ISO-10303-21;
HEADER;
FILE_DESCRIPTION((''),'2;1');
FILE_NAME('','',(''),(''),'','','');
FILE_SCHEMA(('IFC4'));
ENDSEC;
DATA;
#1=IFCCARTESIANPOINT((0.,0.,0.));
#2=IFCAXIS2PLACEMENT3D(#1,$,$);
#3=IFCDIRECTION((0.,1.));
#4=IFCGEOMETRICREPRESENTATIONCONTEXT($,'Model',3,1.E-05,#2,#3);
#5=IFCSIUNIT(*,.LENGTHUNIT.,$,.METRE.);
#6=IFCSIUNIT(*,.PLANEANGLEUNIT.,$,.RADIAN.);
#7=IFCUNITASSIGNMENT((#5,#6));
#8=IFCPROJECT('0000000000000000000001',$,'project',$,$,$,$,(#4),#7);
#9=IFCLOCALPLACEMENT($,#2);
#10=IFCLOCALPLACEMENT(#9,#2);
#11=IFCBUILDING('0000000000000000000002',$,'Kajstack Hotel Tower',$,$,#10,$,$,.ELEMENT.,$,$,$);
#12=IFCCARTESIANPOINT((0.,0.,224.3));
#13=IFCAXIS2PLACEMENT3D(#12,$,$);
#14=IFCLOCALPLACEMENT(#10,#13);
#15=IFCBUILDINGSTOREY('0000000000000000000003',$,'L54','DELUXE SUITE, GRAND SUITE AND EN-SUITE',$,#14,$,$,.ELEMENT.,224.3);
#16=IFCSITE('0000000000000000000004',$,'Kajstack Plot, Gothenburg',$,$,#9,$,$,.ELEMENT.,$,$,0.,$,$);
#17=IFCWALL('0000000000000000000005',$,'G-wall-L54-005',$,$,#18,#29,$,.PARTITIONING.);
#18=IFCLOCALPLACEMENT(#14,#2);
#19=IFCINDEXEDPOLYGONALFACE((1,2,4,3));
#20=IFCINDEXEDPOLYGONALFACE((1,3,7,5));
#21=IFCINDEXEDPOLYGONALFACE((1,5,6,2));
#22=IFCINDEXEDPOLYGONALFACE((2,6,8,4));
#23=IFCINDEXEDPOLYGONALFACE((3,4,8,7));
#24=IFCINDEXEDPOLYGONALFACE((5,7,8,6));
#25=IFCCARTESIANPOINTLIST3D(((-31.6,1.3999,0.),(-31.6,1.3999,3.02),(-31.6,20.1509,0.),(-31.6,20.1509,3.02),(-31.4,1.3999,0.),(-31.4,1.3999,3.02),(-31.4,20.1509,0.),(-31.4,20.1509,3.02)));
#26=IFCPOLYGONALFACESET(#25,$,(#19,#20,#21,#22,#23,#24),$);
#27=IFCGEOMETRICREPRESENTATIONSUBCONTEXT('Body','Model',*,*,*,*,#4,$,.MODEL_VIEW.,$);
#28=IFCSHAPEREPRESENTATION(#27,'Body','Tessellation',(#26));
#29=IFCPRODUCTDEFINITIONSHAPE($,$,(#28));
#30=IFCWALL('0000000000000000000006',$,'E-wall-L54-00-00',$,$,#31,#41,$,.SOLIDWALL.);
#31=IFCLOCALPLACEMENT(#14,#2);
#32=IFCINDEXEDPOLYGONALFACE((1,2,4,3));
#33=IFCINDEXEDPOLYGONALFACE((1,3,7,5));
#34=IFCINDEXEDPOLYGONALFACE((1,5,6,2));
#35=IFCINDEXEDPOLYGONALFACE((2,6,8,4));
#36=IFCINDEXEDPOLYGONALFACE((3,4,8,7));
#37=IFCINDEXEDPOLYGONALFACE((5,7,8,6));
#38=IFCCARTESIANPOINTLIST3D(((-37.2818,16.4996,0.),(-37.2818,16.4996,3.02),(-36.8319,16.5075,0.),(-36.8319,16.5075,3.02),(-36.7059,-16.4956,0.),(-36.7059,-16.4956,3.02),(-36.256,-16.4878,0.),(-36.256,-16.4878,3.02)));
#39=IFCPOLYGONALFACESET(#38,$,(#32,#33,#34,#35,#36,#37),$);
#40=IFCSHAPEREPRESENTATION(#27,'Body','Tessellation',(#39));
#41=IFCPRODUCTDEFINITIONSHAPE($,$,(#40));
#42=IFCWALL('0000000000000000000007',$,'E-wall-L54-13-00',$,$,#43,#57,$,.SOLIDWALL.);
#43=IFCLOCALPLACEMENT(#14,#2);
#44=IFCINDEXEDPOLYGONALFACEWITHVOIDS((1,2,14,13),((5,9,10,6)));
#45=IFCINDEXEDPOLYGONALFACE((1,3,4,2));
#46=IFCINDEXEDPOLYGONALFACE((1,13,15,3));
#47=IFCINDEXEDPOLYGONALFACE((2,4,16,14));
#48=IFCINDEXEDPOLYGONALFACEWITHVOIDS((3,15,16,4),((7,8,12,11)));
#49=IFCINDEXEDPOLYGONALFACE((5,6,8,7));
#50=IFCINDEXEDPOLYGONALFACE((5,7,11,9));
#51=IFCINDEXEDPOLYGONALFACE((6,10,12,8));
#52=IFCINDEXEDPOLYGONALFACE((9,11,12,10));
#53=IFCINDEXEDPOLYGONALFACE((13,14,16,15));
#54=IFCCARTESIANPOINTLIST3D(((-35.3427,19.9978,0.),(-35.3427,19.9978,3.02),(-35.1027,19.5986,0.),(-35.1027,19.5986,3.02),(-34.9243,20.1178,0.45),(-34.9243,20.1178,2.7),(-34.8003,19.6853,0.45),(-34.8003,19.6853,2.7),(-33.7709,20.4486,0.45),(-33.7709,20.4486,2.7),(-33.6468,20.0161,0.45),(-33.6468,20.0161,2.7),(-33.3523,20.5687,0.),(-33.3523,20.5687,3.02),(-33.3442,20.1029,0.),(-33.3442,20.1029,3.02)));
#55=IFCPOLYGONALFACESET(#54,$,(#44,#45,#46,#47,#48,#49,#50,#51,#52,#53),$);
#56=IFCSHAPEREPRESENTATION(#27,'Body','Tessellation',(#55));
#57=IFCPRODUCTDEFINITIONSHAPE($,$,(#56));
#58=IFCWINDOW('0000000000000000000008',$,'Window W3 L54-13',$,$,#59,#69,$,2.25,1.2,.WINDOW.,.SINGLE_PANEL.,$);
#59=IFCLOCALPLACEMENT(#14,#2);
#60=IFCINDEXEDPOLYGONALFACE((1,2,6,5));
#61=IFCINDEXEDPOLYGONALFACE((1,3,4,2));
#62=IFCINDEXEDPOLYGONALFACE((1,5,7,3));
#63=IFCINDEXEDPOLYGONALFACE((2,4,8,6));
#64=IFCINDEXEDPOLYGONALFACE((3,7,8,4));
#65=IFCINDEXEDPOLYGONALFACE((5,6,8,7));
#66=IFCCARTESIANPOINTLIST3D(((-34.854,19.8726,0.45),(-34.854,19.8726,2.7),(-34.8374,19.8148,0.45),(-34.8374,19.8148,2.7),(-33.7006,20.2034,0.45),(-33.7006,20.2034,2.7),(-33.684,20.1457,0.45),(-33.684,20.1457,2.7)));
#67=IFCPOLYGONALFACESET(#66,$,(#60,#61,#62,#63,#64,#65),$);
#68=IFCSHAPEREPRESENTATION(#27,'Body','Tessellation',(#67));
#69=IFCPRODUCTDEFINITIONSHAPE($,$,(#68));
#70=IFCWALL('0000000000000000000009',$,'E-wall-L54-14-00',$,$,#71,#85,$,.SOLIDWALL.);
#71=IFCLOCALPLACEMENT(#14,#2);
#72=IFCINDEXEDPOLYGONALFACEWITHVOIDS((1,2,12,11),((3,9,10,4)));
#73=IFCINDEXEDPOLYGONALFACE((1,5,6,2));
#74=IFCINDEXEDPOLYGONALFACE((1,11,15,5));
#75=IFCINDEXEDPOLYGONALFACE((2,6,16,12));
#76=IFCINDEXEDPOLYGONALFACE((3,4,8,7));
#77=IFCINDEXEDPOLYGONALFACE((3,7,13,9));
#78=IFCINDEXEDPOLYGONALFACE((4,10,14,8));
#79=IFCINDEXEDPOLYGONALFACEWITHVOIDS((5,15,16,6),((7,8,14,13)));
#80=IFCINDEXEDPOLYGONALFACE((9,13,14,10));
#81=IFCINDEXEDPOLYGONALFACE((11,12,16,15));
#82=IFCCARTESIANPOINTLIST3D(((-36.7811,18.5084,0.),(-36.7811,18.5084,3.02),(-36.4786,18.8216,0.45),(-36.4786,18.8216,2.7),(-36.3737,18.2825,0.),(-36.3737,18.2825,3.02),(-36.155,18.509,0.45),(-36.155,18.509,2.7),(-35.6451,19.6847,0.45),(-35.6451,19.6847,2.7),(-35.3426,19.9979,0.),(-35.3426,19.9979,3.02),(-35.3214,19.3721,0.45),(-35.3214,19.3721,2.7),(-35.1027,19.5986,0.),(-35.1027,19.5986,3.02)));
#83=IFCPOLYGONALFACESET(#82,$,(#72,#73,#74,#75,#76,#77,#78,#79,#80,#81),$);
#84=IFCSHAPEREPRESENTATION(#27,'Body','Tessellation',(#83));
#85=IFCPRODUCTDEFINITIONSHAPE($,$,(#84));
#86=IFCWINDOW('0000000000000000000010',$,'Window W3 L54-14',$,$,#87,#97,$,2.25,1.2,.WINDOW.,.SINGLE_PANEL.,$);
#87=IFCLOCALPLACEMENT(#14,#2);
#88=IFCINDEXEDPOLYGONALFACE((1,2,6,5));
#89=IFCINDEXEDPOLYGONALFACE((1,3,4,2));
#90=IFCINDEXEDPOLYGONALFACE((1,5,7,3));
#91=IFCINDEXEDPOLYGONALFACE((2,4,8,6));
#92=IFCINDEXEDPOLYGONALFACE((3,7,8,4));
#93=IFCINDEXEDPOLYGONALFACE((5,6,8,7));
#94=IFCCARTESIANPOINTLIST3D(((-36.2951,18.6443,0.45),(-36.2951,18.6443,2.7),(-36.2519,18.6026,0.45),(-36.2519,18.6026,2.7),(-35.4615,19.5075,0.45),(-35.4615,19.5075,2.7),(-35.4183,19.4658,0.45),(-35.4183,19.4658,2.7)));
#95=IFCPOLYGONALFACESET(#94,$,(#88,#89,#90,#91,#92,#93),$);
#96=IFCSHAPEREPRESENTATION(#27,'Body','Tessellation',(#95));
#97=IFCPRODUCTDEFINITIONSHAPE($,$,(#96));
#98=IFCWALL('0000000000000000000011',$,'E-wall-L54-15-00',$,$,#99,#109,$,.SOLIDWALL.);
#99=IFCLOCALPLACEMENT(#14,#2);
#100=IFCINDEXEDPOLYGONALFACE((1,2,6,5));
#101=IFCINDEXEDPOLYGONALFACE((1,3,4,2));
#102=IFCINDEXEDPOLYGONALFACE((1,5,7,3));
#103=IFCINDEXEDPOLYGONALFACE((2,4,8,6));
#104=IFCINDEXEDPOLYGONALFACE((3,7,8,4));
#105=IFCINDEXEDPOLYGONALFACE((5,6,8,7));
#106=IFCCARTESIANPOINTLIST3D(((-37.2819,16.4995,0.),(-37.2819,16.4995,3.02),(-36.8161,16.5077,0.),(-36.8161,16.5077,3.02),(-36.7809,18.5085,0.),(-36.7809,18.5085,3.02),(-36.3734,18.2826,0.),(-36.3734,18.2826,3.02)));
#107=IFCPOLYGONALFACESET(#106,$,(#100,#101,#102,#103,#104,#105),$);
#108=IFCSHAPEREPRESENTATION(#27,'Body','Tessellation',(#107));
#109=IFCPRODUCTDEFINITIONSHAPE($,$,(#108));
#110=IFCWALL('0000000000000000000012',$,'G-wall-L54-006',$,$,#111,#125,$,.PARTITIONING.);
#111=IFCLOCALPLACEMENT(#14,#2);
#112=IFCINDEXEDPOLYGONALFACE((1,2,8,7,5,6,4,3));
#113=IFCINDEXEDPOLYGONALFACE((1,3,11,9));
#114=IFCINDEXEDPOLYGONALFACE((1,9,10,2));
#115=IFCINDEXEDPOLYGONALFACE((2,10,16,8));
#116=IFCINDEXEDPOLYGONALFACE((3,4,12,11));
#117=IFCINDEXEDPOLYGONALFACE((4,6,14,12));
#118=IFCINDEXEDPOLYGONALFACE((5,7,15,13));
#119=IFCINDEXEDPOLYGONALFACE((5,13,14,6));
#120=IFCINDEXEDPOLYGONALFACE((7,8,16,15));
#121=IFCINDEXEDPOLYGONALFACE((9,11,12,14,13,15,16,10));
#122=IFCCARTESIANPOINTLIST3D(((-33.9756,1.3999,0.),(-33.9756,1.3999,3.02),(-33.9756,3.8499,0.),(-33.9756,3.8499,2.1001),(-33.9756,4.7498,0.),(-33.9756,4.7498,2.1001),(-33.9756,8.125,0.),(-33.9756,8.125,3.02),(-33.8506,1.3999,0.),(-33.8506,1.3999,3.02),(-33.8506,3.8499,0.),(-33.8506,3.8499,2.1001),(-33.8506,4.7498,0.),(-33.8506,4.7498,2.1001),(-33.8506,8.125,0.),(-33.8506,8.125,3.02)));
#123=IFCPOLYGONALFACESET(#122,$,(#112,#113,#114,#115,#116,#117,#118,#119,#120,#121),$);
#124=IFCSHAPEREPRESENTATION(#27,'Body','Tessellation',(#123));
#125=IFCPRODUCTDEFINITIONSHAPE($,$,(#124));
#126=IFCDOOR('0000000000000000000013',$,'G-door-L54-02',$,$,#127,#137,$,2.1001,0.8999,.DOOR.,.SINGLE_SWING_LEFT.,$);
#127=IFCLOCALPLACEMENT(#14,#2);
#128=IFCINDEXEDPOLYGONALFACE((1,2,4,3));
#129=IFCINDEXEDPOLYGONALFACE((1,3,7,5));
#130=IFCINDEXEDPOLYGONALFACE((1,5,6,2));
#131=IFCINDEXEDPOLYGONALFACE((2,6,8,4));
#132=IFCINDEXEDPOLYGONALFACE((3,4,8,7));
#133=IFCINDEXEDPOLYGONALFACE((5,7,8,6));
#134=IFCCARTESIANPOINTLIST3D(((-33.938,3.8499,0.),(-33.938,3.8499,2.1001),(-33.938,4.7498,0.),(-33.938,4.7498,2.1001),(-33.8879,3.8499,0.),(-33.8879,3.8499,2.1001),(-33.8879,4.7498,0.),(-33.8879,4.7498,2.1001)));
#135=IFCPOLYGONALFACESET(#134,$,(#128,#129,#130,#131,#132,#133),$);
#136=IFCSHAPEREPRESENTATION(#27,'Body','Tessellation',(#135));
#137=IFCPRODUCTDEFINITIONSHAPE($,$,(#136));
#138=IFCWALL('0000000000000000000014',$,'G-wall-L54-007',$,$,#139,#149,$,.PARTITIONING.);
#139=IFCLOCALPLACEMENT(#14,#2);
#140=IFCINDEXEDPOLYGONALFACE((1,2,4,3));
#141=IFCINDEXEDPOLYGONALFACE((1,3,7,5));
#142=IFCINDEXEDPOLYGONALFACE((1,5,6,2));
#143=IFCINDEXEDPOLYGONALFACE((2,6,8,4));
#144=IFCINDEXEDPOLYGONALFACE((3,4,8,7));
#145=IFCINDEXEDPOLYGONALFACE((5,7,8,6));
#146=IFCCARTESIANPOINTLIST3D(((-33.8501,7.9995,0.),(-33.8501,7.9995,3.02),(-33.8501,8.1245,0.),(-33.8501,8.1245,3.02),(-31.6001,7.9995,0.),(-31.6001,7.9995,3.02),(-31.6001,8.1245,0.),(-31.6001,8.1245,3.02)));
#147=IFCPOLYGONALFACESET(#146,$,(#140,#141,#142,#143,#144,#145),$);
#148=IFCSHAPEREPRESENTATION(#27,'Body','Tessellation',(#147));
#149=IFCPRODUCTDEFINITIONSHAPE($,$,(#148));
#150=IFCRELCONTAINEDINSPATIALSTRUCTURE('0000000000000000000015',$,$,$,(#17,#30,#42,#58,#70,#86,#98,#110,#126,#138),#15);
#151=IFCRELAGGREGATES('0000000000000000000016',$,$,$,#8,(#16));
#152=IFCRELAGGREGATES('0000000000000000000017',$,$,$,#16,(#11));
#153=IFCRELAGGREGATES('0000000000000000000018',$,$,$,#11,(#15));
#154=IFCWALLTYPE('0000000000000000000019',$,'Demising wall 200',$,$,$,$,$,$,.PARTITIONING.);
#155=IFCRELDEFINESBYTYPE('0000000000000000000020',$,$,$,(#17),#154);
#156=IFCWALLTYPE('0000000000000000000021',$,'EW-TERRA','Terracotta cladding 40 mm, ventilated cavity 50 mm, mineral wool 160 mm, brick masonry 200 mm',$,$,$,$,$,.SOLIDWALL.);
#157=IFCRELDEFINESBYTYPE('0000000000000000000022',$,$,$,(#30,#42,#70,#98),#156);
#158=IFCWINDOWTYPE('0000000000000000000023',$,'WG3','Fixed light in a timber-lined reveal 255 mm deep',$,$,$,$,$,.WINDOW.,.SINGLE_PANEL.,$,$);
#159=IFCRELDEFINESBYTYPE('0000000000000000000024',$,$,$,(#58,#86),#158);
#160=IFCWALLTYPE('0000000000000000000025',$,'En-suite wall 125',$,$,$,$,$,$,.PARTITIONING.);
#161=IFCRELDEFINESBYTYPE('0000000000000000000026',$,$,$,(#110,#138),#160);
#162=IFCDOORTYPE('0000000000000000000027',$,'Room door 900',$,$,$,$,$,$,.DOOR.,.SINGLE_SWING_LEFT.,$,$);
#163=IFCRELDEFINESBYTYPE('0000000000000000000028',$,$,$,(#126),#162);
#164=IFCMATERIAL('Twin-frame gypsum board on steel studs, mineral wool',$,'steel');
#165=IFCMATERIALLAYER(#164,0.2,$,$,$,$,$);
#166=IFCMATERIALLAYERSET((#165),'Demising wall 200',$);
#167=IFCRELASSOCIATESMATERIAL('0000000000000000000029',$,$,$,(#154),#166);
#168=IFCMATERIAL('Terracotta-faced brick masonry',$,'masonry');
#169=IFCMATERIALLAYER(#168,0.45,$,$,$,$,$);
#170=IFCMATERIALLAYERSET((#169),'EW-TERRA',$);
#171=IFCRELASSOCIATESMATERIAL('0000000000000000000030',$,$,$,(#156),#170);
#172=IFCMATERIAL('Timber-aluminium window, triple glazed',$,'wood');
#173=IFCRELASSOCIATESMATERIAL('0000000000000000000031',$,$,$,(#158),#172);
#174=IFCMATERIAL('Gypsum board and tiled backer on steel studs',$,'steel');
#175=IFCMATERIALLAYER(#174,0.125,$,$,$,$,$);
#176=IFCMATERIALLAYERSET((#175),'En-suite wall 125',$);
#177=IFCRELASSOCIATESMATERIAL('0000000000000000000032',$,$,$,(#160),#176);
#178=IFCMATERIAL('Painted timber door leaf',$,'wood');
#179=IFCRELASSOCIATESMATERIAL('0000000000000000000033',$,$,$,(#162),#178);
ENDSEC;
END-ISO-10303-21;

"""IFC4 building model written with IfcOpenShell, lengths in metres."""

from ifc_helpers import new_model, si_unit, direction, frame, frame_2d, origin, place, context, subcontext, project, spatial, polyline, rectangle, outline, extrude, material, layer, layer_set, type_object, element, fill, save


model = new_model("IFC4")

# Units and contexts
model_context = context("Model", 3, precision=1e-05, world=origin(), true_north=direction((0.0, 1.0)))
body_context = subcontext(model_context, "Body", "Model", "MODEL_VIEW")
ifc_project = project(units=[si_unit("LENGTHUNIT", "METRE"), si_unit("PLANEANGLEUNIT", "RADIAN")], contexts=[model_context])

# Site, building, storey
site_placement = place(None, origin())
site = spatial("IfcSite", under=ifc_project, at=site_placement, Name="Kajstack Plot, Gothenburg", CompositionType="ELEMENT", RefElevation=0.0)
building_placement = place(site_placement, origin())
building = spatial("IfcBuilding", under=site, at=building_placement, Name="Kajstack Hotel Tower", CompositionType="ELEMENT")
storey_placement = place(building_placement, frame((0.0, 0.0, 224.3)))
storey = spatial("IfcBuildingStorey", under=building, at=storey_placement, Name="L54", Description="DELUXE SUITE, GRAND SUITE AND EN-SUITE", CompositionType="ELEMENT", Elevation=224.3)

# Walls
ifc_material_1 = material(Name="Twin-frame gypsum board on steel studs, mineral wool", Category="steel")
ifc_layer_1 = layer(ifc_material_1, 0.2)
ifc_layer_set_1 = layer_set([ifc_layer_1], Name="Demising wall 200")
wall_type_1 = type_object("IfcWallType", Name="Demising wall 200", PredefinedType="PARTITIONING", material=ifc_layer_set_1)
wall_1_placement = place(storey_placement, frame((-31.5, 1.3999, 0.0), z_axis=(0.0, 0.0, 1.0), x_axis=(0.0, 1.0, 0.0)))
element("IfcWall", 1, at=wall_1_placement, inside=storey, type_object=wall_type_1, Name="G-wall-L54-005", PredefinedType="PARTITIONING", context=body_context, shape_type="SweptSolid", body=[
    extrude(rectangle(XDim=18.751, YDim=0.2, at=frame_2d((9.3755, 0.0))), origin(), (0.0, 0.0, 1.0), 3.02),
])
ifc_material_2 = material(Name="Terracotta-faced brick masonry", Category="masonry")
ifc_layer_2 = layer(ifc_material_2, 0.45)
ifc_layer_set_2 = layer_set([ifc_layer_2], Name="EW-TERRA")
wall_type_2 = type_object("IfcWallType", Name="EW-TERRA", Description="Terracotta cladding 40 mm, ventilated cavity 50 mm, mineral wool 160 mm, brick masonry 200 mm", PredefinedType="SOLIDWALL", material=ifc_layer_set_2)
wall_2_placement = place(storey_placement, frame((-37.0569, 16.5034, 0.0), z_axis=(0.0, 0.0, 1.0), x_axis=(0.017452, -0.999848, 0.0)))
element("IfcWall", 2, at=wall_2_placement, inside=storey, type_object=wall_type_2, Name="E-wall-L54-00-00", PredefinedType="SOLIDWALL", context=body_context, shape_type="SweptSolid", body=[
    extrude(rectangle(XDim=33.0002, YDim=0.45, at=frame_2d((16.5, 0.0))), origin(), (0.0, 0.0, 1.0), 3.02),
])

# Walls, openings, windows
wall_3_placement = place(storey_placement, frame((-33.2903, 20.3523, 0.0), z_axis=(0.0, 0.0, 1.0), x_axis=(-0.961248, -0.275687, 0.0)))
wall_3 = element("IfcWall", 3, at=wall_3_placement, inside=storey, type_object=wall_type_2, Name="E-wall-L54-13-00", PredefinedType="SOLIDWALL", context=body_context, shape_type="SweptSolid", body=[
    extrude(outline(polyline([(0.0, -0.2251), (2.0706, -0.2251), (1.95, 0.2249), (0.1206, 0.2249), (0.0, -0.2251)])), origin(), (0.0, 0.0, 1.0), 3.02),
])
opening_1_placement = place(wall_3_placement, frame((0.4353, 0.0, 0.45)))
opening_1 = element("IfcOpeningElement", 4, at=opening_1_placement, cuts=wall_3, PredefinedType="OPENING", context=body_context, shape_type="SweptSolid", body=[
    extrude(rectangle(XDim=1.2, YDim=2.25, at=frame_2d((0.6001, 1.125))), frame((0.0, 0.2349, 0.0), z_axis=(0.0, -1.0, 0.0), x_axis=(1.0, 0.0, 0.0)), (0.0, 0.0, 1.0), 0.47),
])
ifc_material_3 = material(Name="Timber-aluminium window, triple glazed", Category="wood")
window_type = type_object("IfcWindowType", Name="WG3", Description="Fixed light in a timber-lined reveal 255 mm deep", PartitioningType="SINGLE_PANEL", PredefinedType="WINDOW", material=ifc_material_3)
window_1_placement = place(opening_1_placement, origin())
window_1 = element("IfcWindow", 5, at=window_1_placement, inside=storey, type_object=window_type, Name="Window W3 L54-13", OverallHeight=2.25, OverallWidth=1.2, PartitioningType="SINGLE_PANEL", PredefinedType="WINDOW", context=body_context, shape_type="SweptSolid", body=[
    extrude(rectangle(XDim=1.2, YDim=2.25, at=frame_2d((0.6001, 1.125))), frame((0.0, 0.0901, 0.0), z_axis=(0.0, -1.0, 0.0), x_axis=(1.0, 0.0, 0.0)), (0.0, 0.0, 1.0), 0.0601),
])
fill(opening_1, window_1)
wall_4_placement = place(storey_placement, frame((-35.1807, 19.8416, 0.0), z_axis=(0.0, 0.0, 1.0), x_axis=(-0.694679, -0.71932, 0.0)))
wall_4 = element("IfcWall", 6, at=wall_4_placement, inside=storey, type_object=wall_type_2, Name="E-wall-L54-14-00", PredefinedType="SOLIDWALL", context=body_context, shape_type="SweptSolid", body=[
    extrude(outline(polyline([(0.0, -0.2251), (2.0708, -0.2251), (1.9502, 0.2249), (0.1206, 0.2249), (0.0, -0.2251)])), origin(), (0.0, 0.0, 1.0), 3.02),
])
opening_2_placement = place(wall_4_placement, frame((0.4353, 0.0, 0.45)))
opening_2 = element("IfcOpeningElement", 7, at=opening_2_placement, cuts=wall_4, PredefinedType="OPENING", context=body_context, shape_type="SweptSolid", body=[
    extrude(rectangle(XDim=1.2, YDim=2.25, at=frame_2d((0.6001, 1.125))), frame((0.0, 0.2349, 0.0), z_axis=(0.0, -1.0, 0.0), x_axis=(1.0, 0.0, 0.0)), (0.0, 0.0, 1.0), 0.47),
])
window_2_placement = place(opening_2_placement, origin())
window_2 = element("IfcWindow", 8, at=window_2_placement, inside=storey, type_object=window_type, Name="Window W3 L54-14", OverallHeight=2.25, OverallWidth=1.2, PartitioningType="SINGLE_PANEL", PredefinedType="WINDOW", context=body_context, shape_type="SweptSolid", body=[
    extrude(rectangle(XDim=1.2, YDim=2.25, at=frame_2d((0.6001, 1.125))), frame((0.0, 0.0901, 0.0), z_axis=(0.0, -1.0, 0.0), x_axis=(1.0, 0.0, 0.0)), (0.0, 0.0, 1.0), 0.0601),
])
fill(opening_2, window_2)

# Wall
wall_5_placement = place(storey_placement, frame((-36.5627, 18.4539, 0.0), z_axis=(0.0, 0.0, 1.0), x_axis=(-0.24187, -0.970309, 0.0)))
element("IfcWall", 9, at=wall_5_placement, inside=storey, type_object=wall_type_2, Name="E-wall-L54-15-00", PredefinedType="SOLIDWALL", context=body_context, shape_type="SweptSolid", body=[
    extrude(outline(polyline([(-0.0002, -0.2249), (2.0703, -0.2251), (1.9497, 0.2249), (0.1204, 0.2251), (-0.0002, -0.2249)])), origin(), (0.0, 0.0, 1.0), 3.02),
])

# Wall, opening, door
ifc_material_4 = material(Name="Gypsum board and tiled backer on steel studs", Category="steel")
ifc_layer_3 = layer(ifc_material_4, 0.125)
ifc_layer_set_3 = layer_set([ifc_layer_3], Name="En-suite wall 125")
wall_type_3 = type_object("IfcWallType", Name="En-suite wall 125", PredefinedType="PARTITIONING", material=ifc_layer_set_3)
wall_6_placement = place(storey_placement, frame((-33.9131, 1.3999, 0.0), z_axis=(0.0, 0.0, 1.0), x_axis=(0.0, 1.0, 0.0)))
wall_6 = element("IfcWall", 10, at=wall_6_placement, inside=storey, type_object=wall_type_3, Name="G-wall-L54-006", PredefinedType="PARTITIONING", context=body_context, shape_type="SweptSolid", body=[
    extrude(rectangle(XDim=6.7251, YDim=0.125, at=frame_2d((3.3625, 0.0))), origin(), (0.0, 0.0, 1.0), 3.02),
])
opening_3_placement = place(wall_6_placement, frame((2.45, 0.0, 0.0)))
opening_3 = element("IfcOpeningElement", 11, at=opening_3_placement, cuts=wall_6, PredefinedType="OPENING", context=body_context, shape_type="SweptSolid", body=[
    extrude(rectangle(XDim=0.8999, YDim=2.1001, at=frame_2d((0.45, 1.05))), frame((0.0, 0.0725, 0.0), z_axis=(0.0, -1.0, 0.0), x_axis=(1.0, 0.0, 0.0)), (0.0, 0.0, 1.0), 0.145),
])
ifc_material_5 = material(Name="Painted timber door leaf", Category="wood")
door_type = type_object("IfcDoorType", Name="Room door 900", OperationType="SINGLE_SWING_LEFT", PredefinedType="DOOR", material=ifc_material_5)
door_1_placement = place(opening_3_placement, origin())
door_1 = element("IfcDoor", 12, at=door_1_placement, inside=storey, type_object=door_type, Name="G-door-L54-02", OperationType="SINGLE_SWING_LEFT", OverallHeight=2.1001, OverallWidth=0.8999, PredefinedType="DOOR", context=body_context, shape_type="SweptSolid", body=[
    extrude(rectangle(XDim=0.8999, YDim=2.1001, at=frame_2d((0.45, 1.05))), frame((0.0, 0.0249, 0.0), z_axis=(0.0, -1.0, 0.0), x_axis=(1.0, 0.0, 0.0)), (0.0, 0.0, 1.0), 0.05),
])
fill(opening_3, door_1)

# Wall
wall_7_placement = place(storey_placement, frame((-33.8501, 8.062, 0.0), z_axis=(0.0, 0.0, 1.0), x_axis=(1.0, 0.0, 0.0)))
element("IfcWall", 13, at=wall_7_placement, inside=storey, type_object=wall_type_3, Name="G-wall-L54-007", PredefinedType="PARTITIONING", context=body_context, shape_type="SweptSolid", body=[
    extrude(rectangle(XDim=2.25, YDim=0.125, at=frame_2d((1.125, 0.0))), origin(), (0.0, 0.0, 1.0), 3.02),
])

save(model, "model.ifc")
